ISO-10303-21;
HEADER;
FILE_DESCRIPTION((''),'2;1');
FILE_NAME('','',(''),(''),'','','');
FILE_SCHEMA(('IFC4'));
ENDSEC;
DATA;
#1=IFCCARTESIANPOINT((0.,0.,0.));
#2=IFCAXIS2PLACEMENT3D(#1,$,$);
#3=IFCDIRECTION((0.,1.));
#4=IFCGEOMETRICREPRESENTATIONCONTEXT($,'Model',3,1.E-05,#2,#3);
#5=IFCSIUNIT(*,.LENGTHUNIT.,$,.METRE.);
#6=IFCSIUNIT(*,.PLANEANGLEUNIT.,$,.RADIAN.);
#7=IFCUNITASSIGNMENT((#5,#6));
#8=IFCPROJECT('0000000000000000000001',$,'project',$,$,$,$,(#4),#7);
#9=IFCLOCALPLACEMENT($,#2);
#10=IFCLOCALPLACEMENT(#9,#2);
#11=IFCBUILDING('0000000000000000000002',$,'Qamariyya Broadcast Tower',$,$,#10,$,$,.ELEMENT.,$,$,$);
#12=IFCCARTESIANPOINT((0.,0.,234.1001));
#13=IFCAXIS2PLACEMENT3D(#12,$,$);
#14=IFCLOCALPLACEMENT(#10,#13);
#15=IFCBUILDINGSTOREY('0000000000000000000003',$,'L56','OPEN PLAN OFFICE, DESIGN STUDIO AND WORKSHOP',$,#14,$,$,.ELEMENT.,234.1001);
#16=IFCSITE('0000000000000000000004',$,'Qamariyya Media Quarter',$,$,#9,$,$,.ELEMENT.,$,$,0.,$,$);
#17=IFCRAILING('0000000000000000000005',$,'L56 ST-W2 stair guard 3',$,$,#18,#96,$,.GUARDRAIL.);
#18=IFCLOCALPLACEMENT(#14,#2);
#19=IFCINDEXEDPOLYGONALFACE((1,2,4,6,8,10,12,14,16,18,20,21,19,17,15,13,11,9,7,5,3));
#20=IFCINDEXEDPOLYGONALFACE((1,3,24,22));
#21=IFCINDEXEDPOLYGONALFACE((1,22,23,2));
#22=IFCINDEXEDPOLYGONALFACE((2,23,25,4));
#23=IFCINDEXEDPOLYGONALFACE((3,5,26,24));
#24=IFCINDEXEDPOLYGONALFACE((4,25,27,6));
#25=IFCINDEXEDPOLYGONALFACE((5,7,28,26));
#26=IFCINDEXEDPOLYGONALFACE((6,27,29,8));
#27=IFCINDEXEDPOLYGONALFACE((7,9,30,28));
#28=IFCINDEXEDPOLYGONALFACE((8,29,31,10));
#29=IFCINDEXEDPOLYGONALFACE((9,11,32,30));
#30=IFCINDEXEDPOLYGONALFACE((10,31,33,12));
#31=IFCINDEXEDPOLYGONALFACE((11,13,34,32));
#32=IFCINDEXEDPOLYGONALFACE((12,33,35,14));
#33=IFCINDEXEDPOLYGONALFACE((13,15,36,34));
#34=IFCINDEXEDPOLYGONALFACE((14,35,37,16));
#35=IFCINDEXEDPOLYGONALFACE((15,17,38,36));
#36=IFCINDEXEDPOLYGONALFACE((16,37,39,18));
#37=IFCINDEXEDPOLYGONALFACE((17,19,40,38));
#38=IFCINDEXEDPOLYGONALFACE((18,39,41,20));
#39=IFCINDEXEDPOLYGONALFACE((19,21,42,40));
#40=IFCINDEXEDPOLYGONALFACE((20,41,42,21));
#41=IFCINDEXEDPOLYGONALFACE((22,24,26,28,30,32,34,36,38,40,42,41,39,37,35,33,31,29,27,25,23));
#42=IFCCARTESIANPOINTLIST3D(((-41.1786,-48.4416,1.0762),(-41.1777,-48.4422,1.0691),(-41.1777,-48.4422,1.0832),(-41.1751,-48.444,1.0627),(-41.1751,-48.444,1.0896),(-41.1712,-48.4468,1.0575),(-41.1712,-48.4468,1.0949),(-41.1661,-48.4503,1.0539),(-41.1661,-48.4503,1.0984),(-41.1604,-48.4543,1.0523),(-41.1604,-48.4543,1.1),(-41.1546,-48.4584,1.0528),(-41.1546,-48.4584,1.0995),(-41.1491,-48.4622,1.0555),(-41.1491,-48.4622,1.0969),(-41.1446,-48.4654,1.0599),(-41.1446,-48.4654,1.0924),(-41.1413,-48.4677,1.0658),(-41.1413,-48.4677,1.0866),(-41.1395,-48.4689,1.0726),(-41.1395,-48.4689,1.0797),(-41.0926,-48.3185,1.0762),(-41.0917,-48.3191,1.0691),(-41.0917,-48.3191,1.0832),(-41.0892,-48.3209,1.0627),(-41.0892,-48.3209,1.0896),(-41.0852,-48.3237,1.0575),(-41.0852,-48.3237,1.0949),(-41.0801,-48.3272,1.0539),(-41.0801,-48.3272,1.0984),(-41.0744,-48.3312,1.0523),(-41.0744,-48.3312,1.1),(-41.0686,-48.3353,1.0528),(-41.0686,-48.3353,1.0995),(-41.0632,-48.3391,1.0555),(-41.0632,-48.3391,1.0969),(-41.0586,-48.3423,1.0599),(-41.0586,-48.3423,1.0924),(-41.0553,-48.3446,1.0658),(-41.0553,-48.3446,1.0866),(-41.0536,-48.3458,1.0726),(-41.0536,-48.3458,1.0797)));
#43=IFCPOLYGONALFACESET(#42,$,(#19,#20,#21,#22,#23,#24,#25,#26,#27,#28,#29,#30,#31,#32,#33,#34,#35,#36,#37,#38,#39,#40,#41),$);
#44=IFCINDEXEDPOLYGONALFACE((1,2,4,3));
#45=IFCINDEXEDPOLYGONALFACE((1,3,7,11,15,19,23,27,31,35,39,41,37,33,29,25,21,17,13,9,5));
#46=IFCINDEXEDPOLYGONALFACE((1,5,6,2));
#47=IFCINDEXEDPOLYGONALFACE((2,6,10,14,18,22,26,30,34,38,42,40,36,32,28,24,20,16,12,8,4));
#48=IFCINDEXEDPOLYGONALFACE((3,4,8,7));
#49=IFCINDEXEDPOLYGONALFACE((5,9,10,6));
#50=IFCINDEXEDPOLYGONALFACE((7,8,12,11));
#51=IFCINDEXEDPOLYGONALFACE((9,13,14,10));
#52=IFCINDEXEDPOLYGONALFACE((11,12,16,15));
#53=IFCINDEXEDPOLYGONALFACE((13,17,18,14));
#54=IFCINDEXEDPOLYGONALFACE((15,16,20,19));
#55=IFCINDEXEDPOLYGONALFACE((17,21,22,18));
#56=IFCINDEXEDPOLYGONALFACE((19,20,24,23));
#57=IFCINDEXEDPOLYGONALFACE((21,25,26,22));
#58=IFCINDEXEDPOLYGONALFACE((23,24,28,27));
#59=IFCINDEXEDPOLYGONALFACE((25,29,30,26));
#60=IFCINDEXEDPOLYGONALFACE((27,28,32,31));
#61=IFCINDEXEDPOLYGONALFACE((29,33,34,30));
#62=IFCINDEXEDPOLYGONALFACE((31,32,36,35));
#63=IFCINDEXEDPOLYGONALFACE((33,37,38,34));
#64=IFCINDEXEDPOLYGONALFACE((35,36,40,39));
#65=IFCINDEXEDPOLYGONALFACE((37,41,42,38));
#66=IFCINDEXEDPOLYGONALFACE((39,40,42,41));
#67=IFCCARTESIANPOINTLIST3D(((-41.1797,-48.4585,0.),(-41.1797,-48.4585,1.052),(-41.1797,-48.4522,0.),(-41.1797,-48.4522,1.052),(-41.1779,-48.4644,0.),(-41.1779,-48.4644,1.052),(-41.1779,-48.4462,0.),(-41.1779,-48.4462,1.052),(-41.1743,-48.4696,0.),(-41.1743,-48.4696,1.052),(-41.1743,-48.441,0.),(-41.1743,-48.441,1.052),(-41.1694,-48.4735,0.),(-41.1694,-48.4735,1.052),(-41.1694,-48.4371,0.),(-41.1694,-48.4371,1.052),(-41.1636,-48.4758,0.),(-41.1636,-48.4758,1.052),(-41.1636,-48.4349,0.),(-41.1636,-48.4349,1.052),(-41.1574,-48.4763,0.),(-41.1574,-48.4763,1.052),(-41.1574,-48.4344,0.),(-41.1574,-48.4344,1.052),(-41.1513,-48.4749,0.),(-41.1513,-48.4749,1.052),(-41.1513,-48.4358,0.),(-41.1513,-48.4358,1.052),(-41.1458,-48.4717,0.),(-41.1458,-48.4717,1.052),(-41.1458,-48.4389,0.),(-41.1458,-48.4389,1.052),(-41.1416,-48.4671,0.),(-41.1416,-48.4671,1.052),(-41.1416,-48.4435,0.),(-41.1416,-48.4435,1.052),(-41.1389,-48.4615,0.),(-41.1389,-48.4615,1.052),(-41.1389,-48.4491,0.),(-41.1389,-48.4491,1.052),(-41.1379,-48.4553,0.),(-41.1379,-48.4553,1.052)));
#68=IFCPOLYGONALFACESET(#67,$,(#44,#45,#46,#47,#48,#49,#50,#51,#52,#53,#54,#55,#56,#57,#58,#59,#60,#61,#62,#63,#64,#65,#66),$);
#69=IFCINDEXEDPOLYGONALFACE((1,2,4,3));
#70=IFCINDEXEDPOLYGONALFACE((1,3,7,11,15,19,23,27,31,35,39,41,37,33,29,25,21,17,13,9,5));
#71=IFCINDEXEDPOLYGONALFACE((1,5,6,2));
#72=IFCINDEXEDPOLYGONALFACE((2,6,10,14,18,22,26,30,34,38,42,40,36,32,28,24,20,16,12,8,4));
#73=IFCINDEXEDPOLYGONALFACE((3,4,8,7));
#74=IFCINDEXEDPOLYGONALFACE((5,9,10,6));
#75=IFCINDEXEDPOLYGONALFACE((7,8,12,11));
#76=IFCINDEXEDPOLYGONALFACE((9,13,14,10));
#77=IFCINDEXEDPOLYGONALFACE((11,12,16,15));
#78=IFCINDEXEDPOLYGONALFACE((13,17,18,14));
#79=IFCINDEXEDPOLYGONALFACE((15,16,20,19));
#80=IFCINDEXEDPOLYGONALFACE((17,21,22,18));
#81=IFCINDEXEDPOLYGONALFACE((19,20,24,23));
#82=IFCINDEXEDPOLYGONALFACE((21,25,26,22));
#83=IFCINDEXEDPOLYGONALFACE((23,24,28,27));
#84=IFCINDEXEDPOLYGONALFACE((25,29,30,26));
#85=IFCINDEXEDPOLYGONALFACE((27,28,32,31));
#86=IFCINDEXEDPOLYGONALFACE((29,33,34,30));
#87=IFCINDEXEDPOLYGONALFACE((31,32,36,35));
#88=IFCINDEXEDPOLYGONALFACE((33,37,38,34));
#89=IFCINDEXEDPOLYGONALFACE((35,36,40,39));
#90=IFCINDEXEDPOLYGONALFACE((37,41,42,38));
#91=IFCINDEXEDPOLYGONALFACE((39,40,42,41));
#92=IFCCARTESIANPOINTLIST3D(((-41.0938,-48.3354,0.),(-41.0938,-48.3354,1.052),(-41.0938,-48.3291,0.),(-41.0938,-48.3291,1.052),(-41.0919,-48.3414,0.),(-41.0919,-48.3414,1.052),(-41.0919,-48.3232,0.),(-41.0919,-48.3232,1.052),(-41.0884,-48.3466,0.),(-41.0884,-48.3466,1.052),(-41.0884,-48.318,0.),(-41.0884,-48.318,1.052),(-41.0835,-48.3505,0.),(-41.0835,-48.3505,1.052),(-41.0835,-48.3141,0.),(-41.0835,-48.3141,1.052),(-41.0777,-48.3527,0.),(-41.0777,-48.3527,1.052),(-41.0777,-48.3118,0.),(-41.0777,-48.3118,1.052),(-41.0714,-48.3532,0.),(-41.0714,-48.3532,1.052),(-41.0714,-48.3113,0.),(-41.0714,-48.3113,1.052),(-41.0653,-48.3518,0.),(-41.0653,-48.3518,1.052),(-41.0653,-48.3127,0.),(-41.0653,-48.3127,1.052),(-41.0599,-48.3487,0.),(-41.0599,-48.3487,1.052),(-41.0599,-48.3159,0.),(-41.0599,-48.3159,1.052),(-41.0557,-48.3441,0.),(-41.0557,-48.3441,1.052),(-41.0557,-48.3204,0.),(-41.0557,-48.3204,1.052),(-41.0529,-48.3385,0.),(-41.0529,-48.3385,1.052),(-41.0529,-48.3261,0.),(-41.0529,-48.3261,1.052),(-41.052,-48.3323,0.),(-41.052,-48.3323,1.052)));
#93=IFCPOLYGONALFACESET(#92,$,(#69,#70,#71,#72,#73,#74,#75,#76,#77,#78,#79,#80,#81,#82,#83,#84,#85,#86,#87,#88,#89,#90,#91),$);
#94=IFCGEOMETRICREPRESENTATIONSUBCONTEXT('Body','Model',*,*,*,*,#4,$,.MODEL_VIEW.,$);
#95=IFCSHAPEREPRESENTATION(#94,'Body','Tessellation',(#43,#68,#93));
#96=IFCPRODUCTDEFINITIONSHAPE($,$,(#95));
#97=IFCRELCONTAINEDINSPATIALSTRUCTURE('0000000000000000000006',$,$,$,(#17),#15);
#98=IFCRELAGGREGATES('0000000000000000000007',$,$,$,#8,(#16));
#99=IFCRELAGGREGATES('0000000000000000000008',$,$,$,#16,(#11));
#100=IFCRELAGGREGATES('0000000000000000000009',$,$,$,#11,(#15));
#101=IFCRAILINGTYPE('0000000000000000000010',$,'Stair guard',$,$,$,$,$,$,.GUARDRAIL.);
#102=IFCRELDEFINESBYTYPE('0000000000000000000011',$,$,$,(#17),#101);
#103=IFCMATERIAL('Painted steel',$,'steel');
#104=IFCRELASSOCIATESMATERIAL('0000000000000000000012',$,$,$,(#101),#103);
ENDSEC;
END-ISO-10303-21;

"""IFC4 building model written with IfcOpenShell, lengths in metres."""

from ifc_helpers import new_model, si_unit, direction, frame, origin, origin_2d, place, context, subcontext, project, spatial, circle, extrude, material, type_object, element, save


model = new_model("IFC4")

# Units and contexts
model_context = context("Model", 3, precision=1e-05, world=origin(), true_north=direction((0.0, 1.0)))
body_context = subcontext(model_context, "Body", "Model", "MODEL_VIEW")
ifc_project = project(units=[si_unit("LENGTHUNIT", "METRE"), si_unit("PLANEANGLEUNIT", "RADIAN")], contexts=[model_context])

# Site, building, storey
site_placement = place(None, origin())
site = spatial("IfcSite", under=ifc_project, at=site_placement, Name="Qamariyya Media Quarter", CompositionType="ELEMENT", RefElevation=0.0)
building_placement = place(site_placement, origin())
building = spatial("IfcBuilding", under=site, at=building_placement, Name="Qamariyya Broadcast Tower", CompositionType="ELEMENT")
storey_placement = place(building_placement, frame((0.0, 0.0, 234.1001)))
storey = spatial("IfcBuildingStorey", under=building, at=storey_placement, Name="L56", Description="OPEN PLAN OFFICE, DESIGN STUDIO AND WORKSHOP", CompositionType="ELEMENT", Elevation=234.1001)

# Railing
ifc_material_1 = material(Name="Painted steel", Category="steel")
railing_type_1 = type_object("IfcRailingType", Name="Stair guard", PredefinedType="GUARDRAIL", material=ifc_material_1)
railing_1_placement = place(storey_placement, frame((-41.1589, -48.4553, 0.0)))
element("IfcRailing", 1, at=railing_1_placement, inside=storey, type_object=railing_type_1, Name="L56 ST-W2 stair guard 3", PredefinedType="GUARDRAIL", context=body_context, shape_type="SweptSolid", body=[
    extrude(circle(Radius=0.0239, at=origin_2d()), frame((0.0, 0.0, 1.0762), z_axis=(0.572589, 0.819843, 0.0), x_axis=(-0.819843, 0.572589, 0.0)), (0.0, 0.0, 1.0), 0.1501),
    extrude(circle(Radius=0.021, at=origin_2d()), origin(), (0.0, 0.0, 1.0), 1.052),
    extrude(circle(Radius=0.021, at=origin_2d()), frame((0.0859, 0.123, 0.0)), (0.0, 0.0, 1.0), 1.052),
])

save(model, "model.ifc")
